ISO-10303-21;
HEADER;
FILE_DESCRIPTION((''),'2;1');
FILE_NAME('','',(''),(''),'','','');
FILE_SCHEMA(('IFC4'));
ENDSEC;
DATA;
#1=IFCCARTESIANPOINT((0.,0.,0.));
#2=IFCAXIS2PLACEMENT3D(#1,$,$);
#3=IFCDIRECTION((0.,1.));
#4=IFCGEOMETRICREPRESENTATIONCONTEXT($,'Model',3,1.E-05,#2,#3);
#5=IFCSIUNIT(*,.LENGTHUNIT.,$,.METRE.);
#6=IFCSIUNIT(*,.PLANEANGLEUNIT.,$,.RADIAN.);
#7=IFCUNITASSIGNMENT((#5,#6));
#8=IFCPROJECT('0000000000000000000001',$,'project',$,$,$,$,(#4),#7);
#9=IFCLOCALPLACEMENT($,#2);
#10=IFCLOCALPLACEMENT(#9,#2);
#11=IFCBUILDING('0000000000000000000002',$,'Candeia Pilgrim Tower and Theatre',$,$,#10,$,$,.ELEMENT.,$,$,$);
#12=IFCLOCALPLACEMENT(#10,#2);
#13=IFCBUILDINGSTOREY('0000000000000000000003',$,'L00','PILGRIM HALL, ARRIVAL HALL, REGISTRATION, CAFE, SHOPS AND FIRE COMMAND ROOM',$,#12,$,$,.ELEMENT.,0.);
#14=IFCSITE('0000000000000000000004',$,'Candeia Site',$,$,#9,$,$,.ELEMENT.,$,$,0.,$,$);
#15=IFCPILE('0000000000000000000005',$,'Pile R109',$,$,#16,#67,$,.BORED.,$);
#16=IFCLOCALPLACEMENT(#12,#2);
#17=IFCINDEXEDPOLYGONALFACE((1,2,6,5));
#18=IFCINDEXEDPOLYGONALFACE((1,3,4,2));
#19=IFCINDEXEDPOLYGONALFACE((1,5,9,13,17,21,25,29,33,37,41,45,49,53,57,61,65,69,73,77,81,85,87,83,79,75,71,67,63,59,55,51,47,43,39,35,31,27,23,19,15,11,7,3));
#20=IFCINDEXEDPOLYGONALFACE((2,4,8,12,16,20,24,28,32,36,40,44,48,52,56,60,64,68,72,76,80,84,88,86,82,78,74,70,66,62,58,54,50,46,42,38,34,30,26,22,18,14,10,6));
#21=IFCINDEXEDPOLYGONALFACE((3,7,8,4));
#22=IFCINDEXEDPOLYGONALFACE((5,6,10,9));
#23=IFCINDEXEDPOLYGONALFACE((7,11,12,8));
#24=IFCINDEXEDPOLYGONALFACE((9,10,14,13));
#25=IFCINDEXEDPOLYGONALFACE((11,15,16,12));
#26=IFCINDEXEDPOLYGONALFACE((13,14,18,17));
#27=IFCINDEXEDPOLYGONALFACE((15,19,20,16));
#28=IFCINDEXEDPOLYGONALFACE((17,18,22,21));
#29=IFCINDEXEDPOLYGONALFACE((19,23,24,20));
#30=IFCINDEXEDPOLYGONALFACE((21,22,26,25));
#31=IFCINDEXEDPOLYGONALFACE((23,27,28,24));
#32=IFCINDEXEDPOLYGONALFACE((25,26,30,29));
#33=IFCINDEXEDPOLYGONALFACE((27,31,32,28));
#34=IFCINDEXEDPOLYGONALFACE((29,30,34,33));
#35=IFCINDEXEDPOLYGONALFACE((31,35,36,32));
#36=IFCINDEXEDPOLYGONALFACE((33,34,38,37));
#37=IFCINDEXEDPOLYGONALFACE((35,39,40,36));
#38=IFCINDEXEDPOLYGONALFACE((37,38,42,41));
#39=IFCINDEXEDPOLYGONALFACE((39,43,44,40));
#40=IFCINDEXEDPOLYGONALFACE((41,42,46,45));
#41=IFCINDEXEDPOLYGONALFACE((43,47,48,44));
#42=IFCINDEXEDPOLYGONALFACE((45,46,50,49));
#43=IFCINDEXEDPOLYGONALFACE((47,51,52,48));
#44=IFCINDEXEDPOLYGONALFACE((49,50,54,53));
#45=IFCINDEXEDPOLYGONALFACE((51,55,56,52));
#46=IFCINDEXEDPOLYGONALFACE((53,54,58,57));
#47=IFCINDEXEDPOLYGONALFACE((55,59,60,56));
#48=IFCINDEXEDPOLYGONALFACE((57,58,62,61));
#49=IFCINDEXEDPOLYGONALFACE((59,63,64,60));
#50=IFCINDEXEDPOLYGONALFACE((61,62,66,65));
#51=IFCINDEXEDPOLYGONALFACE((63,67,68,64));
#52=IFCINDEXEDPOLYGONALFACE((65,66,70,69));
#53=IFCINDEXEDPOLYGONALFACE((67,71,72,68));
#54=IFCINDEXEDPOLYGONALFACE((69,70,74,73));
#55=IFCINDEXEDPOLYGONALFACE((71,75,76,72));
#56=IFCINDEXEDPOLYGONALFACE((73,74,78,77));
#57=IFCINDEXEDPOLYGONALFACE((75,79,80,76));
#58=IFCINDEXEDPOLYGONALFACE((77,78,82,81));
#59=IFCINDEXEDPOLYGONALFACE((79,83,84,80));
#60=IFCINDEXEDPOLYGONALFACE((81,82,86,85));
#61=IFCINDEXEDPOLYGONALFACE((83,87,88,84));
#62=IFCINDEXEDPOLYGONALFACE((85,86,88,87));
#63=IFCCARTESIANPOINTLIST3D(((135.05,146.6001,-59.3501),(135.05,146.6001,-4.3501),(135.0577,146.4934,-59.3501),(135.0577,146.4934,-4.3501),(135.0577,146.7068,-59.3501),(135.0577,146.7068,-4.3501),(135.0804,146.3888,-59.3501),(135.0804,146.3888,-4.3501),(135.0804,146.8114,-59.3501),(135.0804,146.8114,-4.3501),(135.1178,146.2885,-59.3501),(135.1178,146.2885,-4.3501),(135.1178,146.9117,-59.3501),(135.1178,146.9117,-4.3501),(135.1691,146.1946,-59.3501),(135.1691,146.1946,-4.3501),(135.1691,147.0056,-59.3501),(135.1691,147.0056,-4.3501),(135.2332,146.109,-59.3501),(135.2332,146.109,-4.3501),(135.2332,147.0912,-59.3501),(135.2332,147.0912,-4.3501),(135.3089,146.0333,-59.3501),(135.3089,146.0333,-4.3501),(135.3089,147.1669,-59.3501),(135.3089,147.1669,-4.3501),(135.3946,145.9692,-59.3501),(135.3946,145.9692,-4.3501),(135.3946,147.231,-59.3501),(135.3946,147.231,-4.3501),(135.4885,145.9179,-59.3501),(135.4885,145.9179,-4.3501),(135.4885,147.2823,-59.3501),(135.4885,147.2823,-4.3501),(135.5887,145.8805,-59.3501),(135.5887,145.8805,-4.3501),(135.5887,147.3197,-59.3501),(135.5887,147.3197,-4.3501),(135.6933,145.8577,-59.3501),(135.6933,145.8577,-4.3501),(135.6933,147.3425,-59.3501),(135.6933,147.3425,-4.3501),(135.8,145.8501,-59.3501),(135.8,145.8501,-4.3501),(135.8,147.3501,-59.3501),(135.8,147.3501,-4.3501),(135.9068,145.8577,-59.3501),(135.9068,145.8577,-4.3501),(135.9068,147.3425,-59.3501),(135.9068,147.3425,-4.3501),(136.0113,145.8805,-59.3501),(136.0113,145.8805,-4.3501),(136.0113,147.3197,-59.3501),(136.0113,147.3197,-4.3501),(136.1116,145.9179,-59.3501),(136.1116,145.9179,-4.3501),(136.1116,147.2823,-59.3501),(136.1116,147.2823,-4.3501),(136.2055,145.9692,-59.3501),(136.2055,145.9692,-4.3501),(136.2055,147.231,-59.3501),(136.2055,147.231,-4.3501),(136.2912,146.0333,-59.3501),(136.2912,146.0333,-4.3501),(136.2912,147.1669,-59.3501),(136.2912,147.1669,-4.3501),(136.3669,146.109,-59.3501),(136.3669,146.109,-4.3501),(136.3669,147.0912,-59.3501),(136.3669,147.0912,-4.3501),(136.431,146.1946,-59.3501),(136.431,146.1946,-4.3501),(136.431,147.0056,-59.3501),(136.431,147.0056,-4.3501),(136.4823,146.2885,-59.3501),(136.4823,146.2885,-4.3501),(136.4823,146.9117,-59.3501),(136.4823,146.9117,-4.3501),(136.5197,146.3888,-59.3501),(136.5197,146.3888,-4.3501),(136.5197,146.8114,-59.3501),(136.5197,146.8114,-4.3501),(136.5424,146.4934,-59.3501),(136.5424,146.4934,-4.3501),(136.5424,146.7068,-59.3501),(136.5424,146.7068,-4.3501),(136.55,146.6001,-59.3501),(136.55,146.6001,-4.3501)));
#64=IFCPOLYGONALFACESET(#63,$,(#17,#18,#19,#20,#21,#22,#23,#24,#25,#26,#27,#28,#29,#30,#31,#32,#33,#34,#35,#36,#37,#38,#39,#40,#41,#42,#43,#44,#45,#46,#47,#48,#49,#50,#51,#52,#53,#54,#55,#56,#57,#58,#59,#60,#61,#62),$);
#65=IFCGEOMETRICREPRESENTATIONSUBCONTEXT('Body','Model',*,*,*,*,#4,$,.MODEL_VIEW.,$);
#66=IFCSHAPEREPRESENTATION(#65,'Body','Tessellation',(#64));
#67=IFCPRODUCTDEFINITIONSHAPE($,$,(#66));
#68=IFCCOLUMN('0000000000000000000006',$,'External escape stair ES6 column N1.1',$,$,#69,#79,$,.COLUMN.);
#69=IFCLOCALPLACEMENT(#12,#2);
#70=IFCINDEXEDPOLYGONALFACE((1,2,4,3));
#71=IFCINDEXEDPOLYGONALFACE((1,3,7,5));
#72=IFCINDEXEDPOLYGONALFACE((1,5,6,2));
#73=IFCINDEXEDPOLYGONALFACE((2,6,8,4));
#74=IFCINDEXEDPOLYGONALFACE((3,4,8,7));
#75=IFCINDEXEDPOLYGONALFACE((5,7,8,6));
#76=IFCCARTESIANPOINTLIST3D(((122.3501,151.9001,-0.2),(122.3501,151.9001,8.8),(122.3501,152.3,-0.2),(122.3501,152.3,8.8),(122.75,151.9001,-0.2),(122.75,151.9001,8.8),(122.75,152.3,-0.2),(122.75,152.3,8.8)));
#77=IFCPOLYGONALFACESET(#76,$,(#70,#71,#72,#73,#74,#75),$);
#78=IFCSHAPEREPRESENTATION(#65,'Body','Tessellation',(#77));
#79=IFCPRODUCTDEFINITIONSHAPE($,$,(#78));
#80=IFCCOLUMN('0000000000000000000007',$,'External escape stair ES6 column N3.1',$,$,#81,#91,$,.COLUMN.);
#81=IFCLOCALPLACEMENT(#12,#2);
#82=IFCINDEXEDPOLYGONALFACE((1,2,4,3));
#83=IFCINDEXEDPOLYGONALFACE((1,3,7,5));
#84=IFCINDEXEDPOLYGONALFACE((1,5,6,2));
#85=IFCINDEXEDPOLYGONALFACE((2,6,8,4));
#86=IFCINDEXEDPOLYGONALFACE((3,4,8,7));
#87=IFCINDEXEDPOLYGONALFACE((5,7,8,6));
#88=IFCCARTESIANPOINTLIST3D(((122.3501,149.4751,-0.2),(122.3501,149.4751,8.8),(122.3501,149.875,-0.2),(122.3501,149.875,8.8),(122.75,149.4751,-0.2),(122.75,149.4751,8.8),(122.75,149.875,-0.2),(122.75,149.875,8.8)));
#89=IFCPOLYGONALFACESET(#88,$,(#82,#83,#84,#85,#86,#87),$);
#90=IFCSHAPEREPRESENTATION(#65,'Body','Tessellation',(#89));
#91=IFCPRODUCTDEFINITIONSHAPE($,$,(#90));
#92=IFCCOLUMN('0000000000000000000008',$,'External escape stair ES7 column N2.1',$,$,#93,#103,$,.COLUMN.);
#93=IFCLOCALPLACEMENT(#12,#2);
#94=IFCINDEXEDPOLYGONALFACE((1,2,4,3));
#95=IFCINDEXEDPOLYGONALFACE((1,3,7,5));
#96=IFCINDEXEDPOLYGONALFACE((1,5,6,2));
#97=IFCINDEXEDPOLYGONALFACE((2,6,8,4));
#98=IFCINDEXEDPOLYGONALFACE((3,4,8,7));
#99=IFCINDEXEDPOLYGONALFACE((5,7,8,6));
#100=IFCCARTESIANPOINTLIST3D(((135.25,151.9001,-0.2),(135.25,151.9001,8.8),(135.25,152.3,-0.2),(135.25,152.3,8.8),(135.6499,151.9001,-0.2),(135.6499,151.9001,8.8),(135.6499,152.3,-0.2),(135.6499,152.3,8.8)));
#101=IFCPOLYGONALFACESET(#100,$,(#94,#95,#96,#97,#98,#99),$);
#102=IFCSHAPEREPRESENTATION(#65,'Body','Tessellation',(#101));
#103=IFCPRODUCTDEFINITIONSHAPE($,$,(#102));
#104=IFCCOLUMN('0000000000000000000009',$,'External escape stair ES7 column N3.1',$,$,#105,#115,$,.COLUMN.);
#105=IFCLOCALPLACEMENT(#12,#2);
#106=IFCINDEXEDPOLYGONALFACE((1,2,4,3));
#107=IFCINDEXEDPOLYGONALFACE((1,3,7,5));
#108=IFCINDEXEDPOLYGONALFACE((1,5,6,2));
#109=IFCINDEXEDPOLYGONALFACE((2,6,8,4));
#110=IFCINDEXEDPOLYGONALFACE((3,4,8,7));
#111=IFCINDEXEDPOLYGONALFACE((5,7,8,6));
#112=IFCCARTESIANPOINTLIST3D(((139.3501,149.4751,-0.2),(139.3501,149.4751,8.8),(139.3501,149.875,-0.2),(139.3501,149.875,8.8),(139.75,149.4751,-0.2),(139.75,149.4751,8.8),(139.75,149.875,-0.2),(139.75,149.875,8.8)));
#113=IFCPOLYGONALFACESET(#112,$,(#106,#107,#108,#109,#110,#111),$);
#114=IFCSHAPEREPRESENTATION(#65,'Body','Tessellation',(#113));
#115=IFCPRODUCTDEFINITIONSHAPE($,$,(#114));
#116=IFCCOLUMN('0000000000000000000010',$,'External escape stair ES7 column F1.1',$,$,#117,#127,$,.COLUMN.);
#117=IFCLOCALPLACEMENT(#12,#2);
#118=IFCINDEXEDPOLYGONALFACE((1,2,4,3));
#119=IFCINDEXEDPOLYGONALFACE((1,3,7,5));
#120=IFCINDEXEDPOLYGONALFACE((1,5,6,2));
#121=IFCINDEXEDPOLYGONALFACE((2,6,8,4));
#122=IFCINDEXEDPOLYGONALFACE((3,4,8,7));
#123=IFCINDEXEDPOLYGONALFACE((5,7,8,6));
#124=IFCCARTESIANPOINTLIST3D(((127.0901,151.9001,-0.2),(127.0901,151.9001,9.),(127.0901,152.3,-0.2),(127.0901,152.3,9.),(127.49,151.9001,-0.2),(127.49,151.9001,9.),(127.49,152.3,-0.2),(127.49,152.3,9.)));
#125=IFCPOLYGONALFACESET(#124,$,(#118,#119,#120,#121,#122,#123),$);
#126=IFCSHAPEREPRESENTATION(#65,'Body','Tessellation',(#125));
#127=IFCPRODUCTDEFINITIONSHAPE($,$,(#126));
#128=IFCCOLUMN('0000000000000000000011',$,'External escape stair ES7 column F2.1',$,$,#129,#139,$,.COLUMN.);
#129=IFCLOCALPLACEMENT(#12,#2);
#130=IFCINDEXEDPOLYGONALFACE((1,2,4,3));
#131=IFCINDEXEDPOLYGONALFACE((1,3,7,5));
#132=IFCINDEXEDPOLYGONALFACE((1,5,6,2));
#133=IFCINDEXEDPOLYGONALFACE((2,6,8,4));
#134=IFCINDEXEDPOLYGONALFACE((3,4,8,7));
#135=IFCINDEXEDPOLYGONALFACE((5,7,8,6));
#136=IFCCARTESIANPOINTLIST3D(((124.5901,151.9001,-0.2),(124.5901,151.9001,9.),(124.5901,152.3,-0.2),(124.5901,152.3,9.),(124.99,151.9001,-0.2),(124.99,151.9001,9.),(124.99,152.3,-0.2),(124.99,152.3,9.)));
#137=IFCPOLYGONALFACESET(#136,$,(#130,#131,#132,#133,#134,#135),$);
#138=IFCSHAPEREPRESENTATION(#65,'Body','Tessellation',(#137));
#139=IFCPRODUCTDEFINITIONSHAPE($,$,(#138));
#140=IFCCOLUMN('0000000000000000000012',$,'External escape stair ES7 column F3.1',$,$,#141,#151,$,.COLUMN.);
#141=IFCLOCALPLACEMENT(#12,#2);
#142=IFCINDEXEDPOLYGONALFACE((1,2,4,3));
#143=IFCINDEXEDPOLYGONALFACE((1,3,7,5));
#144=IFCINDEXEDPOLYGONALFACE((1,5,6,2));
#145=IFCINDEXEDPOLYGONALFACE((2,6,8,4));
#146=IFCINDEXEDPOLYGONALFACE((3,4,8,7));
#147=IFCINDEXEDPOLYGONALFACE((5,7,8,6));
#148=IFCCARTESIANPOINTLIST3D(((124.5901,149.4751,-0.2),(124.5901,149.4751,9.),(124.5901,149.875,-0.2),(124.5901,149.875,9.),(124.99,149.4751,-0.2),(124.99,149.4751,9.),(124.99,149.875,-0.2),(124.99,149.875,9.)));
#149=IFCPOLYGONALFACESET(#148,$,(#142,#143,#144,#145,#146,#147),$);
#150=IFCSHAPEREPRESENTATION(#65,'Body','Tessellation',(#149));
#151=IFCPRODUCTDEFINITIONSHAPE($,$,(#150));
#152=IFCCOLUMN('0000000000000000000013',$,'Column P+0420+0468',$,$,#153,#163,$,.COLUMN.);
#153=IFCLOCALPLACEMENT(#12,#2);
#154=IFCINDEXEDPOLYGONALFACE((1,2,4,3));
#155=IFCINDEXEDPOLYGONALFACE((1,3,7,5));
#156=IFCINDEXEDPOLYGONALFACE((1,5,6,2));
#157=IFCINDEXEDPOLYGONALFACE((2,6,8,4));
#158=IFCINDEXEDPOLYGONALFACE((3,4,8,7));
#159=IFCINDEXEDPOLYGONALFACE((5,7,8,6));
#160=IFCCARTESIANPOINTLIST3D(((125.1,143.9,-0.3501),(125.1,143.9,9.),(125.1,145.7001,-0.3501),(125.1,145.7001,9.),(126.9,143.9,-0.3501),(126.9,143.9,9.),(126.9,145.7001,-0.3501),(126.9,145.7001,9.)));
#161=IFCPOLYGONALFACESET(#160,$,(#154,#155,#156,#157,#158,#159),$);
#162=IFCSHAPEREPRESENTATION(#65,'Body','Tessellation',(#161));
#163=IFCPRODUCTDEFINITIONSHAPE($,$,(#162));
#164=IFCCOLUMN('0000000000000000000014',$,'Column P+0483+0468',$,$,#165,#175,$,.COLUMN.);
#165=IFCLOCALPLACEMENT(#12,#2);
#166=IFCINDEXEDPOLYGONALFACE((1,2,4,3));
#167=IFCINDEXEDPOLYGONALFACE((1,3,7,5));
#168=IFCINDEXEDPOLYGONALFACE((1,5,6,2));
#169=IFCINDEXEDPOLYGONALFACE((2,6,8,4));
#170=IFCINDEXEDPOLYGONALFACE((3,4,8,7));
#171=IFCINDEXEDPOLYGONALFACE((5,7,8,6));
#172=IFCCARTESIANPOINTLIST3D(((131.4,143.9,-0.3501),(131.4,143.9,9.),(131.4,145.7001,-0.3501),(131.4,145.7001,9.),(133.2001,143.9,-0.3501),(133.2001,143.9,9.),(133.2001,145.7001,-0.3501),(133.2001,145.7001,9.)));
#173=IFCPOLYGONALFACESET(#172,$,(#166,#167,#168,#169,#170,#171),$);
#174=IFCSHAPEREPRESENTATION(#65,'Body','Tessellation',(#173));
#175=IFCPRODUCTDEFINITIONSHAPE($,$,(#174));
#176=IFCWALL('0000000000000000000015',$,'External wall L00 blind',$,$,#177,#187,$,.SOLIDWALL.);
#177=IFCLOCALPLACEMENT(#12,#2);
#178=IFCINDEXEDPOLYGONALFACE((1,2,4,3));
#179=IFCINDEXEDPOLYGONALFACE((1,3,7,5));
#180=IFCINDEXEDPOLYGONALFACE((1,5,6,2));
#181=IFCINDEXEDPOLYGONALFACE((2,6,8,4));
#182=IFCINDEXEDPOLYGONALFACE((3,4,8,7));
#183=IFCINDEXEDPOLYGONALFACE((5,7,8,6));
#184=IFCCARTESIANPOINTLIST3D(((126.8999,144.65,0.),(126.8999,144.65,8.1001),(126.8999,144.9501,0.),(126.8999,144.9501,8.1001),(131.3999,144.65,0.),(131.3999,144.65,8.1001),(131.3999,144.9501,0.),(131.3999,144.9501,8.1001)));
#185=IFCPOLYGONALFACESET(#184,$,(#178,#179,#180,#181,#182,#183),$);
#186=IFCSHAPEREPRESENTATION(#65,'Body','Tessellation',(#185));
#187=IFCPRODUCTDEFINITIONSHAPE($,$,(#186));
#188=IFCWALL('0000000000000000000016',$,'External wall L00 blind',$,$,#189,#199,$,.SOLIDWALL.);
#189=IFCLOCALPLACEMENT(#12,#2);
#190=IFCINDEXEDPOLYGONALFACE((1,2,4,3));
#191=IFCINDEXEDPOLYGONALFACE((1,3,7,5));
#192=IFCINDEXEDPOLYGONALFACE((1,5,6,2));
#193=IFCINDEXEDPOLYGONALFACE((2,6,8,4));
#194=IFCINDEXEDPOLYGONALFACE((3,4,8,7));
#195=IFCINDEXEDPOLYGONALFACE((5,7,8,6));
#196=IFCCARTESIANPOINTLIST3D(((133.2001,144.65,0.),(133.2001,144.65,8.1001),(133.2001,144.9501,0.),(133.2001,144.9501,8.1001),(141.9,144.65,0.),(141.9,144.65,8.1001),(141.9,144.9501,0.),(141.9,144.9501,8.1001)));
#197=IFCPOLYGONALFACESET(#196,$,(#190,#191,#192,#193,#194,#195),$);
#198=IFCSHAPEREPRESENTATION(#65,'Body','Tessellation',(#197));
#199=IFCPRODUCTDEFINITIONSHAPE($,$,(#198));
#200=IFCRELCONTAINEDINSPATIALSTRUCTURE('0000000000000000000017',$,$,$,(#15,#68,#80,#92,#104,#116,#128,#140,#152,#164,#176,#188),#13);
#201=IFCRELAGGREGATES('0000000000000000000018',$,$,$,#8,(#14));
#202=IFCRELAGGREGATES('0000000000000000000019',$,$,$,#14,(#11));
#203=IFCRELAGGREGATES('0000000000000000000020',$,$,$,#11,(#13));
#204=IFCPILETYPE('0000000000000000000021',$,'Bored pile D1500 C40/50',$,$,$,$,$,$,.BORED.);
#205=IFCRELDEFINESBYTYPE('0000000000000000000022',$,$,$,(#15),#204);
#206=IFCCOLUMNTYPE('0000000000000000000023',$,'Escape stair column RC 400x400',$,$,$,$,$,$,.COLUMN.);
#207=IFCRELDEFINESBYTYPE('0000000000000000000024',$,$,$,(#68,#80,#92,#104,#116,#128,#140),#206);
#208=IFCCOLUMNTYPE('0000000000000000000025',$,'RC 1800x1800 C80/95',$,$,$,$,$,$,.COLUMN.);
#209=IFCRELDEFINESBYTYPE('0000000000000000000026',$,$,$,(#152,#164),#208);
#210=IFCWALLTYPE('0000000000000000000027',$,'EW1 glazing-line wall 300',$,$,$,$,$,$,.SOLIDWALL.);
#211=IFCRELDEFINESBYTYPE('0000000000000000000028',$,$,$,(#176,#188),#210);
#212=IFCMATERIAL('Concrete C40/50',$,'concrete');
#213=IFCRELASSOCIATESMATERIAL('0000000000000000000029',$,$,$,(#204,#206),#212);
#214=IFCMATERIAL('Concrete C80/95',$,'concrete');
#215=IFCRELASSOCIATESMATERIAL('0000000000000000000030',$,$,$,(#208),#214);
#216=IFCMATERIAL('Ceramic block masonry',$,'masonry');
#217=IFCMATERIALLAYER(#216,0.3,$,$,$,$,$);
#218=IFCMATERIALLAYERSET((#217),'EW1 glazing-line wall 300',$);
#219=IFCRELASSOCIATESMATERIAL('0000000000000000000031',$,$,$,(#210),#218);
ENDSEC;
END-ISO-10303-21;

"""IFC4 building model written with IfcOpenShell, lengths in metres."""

from ifc_helpers import new_model, si_unit, direction, frame, frame_2d, origin, origin_2d, place, context, subcontext, project, spatial, rectangle, circle, extrude, material, layer, layer_set, material_profile, profile_set, type_object, element, save


model = new_model("IFC4")

# Units and contexts
model_context = context("Model", 3, precision=1e-05, world=origin(), true_north=direction((0.0, 1.0)))
body_context = subcontext(model_context, "Body", "Model", "MODEL_VIEW")
ifc_project = project(units=[si_unit("LENGTHUNIT", "METRE"), si_unit("PLANEANGLEUNIT", "RADIAN")], contexts=[model_context])

# Site, building, storey
site_placement = place(None, origin())
site = spatial("IfcSite", under=ifc_project, at=site_placement, Name="Candeia Site", CompositionType="ELEMENT", RefElevation=0.0)
building_placement = place(site_placement, origin())
building = spatial("IfcBuilding", under=site, at=building_placement, Name="Candeia Pilgrim Tower and Theatre", CompositionType="ELEMENT")
storey_placement = place(building_placement, origin())
storey = spatial("IfcBuildingStorey", under=building, at=storey_placement, Name="L00", Description="PILGRIM HALL, ARRIVAL HALL, REGISTRATION, CAFE, SHOPS AND FIRE COMMAND ROOM", CompositionType="ELEMENT", Elevation=0.0)

# Pile
ifc_material_1 = material(Name="Concrete C40/50", Category="concrete")
ifc_material_profile_1 = material_profile(ifc_material_1, circle(Radius=0.75, at=origin_2d()))
ifc_profile_set_1 = profile_set([ifc_material_profile_1], Name="Concrete C40/50")
pile_type = type_object("IfcPileType", Name="Bored pile D1500 C40/50", PredefinedType="BORED", material=ifc_profile_set_1)
for number, where, z_axis, x_axis, name in (
    (1, (135.8, 146.6001, -4.3501), (0.0, 0.0, -1.0), (1.0, 0.0, 0.0), "Pile R109"),
):
    element("IfcPile", number, at=place(storey_placement, frame(where, z_axis=z_axis, x_axis=x_axis)), inside=storey, type_object=pile_type, Name=name, PredefinedType="BORED", context=body_context, shape_type="SweptSolid", body=[
        extrude(circle(Radius=0.75, at=origin_2d()), origin(), (0.0, 0.0, 1.0), 55.0),
    ])

# Columns
ifc_material_profile_2 = material_profile(ifc_material_1, rectangle(XDim=0.3999, YDim=0.3999, at=origin_2d()))
ifc_profile_set_2 = profile_set([ifc_material_profile_2], Name="Concrete C40/50")
column_type_1 = type_object("IfcColumnType", Name="Escape stair column RC 400x400", PredefinedType="COLUMN", material=ifc_profile_set_2)
for number, where, z_axis, x_axis, name in (
    (2, (122.55, 152.1001, -0.2), (0.0, 0.0, 1.0), (1.0, 0.0, 0.0), "External escape stair ES6 column N1.1"),
    (3, (122.55, 149.675, -0.2), (0.0, 0.0, 1.0), (1.0, 0.0, 0.0), "External escape stair ES6 column N3.1"),
    (4, (135.45, 152.1001, -0.2), (0.0, 0.0, 1.0), (1.0, 0.0, 0.0), "External escape stair ES7 column N2.1"),
    (5, (139.55, 149.675, -0.2), (0.0, 0.0, 1.0), (1.0, 0.0, 0.0), "External escape stair ES7 column N3.1"),
):
    element("IfcColumn", number, at=place(storey_placement, frame(where, z_axis=z_axis, x_axis=x_axis)), inside=storey, type_object=column_type_1, Name=name, PredefinedType="COLUMN", context=body_context, shape_type="SweptSolid", body=[
        extrude(rectangle(XDim=0.3999, YDim=0.3999, at=origin_2d()), origin(), (0.0, 0.0, 1.0), 9.0),
    ])
for number, where, z_axis, x_axis, name in (
    (6, (127.29, 152.1001, -0.2), (0.0, 0.0, 1.0), (1.0, 0.0, 0.0), "External escape stair ES7 column F1.1"),
    (7, (124.79, 152.1001, -0.2), (0.0, 0.0, 1.0), (1.0, 0.0, 0.0), "External escape stair ES7 column F2.1"),
    (8, (124.79, 149.675, -0.2), (0.0, 0.0, 1.0), (1.0, 0.0, 0.0), "External escape stair ES7 column F3.1"),
):
    element("IfcColumn", number, at=place(storey_placement, frame(where, z_axis=z_axis, x_axis=x_axis)), inside=storey, type_object=column_type_1, Name=name, PredefinedType="COLUMN", context=body_context, shape_type="SweptSolid", body=[
        extrude(rectangle(XDim=0.3999, YDim=0.3999, at=origin_2d()), origin(), (0.0, 0.0, 1.0), 9.2),
    ])
ifc_material_2 = material(Name="Concrete C80/95", Category="concrete")
ifc_material_profile_3 = material_profile(ifc_material_2, rectangle(XDim=1.8, YDim=1.8, at=origin_2d()))
ifc_profile_set_3 = profile_set([ifc_material_profile_3], Name="Concrete C80/95")
column_type_2 = type_object("IfcColumnType", Name="RC 1800x1800 C80/95", PredefinedType="COLUMN", material=ifc_profile_set_3)
for number, where, z_axis, x_axis, name in (
    (9, (126.0, 144.8, -0.3501), (0.0, 0.0, 1.0), (1.0, 0.0, 0.0), "Column P+0420+0468"),
    (10, (132.3, 144.8, -0.3501), (0.0, 0.0, 1.0), (1.0, 0.0, 0.0), "Column P+0483+0468"),
):
    element("IfcColumn", number, at=place(storey_placement, frame(where, z_axis=z_axis, x_axis=x_axis)), inside=storey, type_object=column_type_2, Name=name, PredefinedType="COLUMN", context=body_context, shape_type="SweptSolid", body=[
        extrude(rectangle(XDim=1.8, YDim=1.8, at=origin_2d()), origin(), (0.0, 0.0, 1.0), 9.3501),
    ])

# Walls
ifc_material_3 = material(Name="Ceramic block masonry", Category="masonry")
ifc_layer_1 = layer(ifc_material_3, 0.3)
ifc_layer_set_1 = layer_set([ifc_layer_1], Name="EW1 glazing-line wall 300")
wall_type_1 = type_object("IfcWallType", Name="EW1 glazing-line wall 300", PredefinedType="SOLIDWALL", material=ifc_layer_set_1)
wall_1_placement = place(storey_placement, frame((126.8999, 144.8, 0.0), z_axis=(0.0, 0.0, 1.0), x_axis=(1.0, 0.0, 0.0)))
element("IfcWall", 11, at=wall_1_placement, inside=storey, type_object=wall_type_1, Name="External wall L00 blind", PredefinedType="SOLIDWALL", context=body_context, shape_type="SweptSolid", body=[
    extrude(rectangle(XDim=4.5, YDim=0.3, at=frame_2d((2.25, 0.0))), origin(), (0.0, 0.0, 1.0), 8.1001),
])
wall_2_placement = place(storey_placement, frame((133.2, 144.8, 0.0), z_axis=(0.0, 0.0, 1.0), x_axis=(1.0, 0.0, 0.0)))
element("IfcWall", 12, at=wall_2_placement, inside=storey, type_object=wall_type_1, Name="External wall L00 blind", PredefinedType="SOLIDWALL", context=body_context, shape_type="SweptSolid", body=[
    extrude(rectangle(XDim=8.7, YDim=0.3, at=frame_2d((4.3501, 0.0))), origin(), (0.0, 0.0, 1.0), 8.1001),
])

save(model, "model.ifc")
